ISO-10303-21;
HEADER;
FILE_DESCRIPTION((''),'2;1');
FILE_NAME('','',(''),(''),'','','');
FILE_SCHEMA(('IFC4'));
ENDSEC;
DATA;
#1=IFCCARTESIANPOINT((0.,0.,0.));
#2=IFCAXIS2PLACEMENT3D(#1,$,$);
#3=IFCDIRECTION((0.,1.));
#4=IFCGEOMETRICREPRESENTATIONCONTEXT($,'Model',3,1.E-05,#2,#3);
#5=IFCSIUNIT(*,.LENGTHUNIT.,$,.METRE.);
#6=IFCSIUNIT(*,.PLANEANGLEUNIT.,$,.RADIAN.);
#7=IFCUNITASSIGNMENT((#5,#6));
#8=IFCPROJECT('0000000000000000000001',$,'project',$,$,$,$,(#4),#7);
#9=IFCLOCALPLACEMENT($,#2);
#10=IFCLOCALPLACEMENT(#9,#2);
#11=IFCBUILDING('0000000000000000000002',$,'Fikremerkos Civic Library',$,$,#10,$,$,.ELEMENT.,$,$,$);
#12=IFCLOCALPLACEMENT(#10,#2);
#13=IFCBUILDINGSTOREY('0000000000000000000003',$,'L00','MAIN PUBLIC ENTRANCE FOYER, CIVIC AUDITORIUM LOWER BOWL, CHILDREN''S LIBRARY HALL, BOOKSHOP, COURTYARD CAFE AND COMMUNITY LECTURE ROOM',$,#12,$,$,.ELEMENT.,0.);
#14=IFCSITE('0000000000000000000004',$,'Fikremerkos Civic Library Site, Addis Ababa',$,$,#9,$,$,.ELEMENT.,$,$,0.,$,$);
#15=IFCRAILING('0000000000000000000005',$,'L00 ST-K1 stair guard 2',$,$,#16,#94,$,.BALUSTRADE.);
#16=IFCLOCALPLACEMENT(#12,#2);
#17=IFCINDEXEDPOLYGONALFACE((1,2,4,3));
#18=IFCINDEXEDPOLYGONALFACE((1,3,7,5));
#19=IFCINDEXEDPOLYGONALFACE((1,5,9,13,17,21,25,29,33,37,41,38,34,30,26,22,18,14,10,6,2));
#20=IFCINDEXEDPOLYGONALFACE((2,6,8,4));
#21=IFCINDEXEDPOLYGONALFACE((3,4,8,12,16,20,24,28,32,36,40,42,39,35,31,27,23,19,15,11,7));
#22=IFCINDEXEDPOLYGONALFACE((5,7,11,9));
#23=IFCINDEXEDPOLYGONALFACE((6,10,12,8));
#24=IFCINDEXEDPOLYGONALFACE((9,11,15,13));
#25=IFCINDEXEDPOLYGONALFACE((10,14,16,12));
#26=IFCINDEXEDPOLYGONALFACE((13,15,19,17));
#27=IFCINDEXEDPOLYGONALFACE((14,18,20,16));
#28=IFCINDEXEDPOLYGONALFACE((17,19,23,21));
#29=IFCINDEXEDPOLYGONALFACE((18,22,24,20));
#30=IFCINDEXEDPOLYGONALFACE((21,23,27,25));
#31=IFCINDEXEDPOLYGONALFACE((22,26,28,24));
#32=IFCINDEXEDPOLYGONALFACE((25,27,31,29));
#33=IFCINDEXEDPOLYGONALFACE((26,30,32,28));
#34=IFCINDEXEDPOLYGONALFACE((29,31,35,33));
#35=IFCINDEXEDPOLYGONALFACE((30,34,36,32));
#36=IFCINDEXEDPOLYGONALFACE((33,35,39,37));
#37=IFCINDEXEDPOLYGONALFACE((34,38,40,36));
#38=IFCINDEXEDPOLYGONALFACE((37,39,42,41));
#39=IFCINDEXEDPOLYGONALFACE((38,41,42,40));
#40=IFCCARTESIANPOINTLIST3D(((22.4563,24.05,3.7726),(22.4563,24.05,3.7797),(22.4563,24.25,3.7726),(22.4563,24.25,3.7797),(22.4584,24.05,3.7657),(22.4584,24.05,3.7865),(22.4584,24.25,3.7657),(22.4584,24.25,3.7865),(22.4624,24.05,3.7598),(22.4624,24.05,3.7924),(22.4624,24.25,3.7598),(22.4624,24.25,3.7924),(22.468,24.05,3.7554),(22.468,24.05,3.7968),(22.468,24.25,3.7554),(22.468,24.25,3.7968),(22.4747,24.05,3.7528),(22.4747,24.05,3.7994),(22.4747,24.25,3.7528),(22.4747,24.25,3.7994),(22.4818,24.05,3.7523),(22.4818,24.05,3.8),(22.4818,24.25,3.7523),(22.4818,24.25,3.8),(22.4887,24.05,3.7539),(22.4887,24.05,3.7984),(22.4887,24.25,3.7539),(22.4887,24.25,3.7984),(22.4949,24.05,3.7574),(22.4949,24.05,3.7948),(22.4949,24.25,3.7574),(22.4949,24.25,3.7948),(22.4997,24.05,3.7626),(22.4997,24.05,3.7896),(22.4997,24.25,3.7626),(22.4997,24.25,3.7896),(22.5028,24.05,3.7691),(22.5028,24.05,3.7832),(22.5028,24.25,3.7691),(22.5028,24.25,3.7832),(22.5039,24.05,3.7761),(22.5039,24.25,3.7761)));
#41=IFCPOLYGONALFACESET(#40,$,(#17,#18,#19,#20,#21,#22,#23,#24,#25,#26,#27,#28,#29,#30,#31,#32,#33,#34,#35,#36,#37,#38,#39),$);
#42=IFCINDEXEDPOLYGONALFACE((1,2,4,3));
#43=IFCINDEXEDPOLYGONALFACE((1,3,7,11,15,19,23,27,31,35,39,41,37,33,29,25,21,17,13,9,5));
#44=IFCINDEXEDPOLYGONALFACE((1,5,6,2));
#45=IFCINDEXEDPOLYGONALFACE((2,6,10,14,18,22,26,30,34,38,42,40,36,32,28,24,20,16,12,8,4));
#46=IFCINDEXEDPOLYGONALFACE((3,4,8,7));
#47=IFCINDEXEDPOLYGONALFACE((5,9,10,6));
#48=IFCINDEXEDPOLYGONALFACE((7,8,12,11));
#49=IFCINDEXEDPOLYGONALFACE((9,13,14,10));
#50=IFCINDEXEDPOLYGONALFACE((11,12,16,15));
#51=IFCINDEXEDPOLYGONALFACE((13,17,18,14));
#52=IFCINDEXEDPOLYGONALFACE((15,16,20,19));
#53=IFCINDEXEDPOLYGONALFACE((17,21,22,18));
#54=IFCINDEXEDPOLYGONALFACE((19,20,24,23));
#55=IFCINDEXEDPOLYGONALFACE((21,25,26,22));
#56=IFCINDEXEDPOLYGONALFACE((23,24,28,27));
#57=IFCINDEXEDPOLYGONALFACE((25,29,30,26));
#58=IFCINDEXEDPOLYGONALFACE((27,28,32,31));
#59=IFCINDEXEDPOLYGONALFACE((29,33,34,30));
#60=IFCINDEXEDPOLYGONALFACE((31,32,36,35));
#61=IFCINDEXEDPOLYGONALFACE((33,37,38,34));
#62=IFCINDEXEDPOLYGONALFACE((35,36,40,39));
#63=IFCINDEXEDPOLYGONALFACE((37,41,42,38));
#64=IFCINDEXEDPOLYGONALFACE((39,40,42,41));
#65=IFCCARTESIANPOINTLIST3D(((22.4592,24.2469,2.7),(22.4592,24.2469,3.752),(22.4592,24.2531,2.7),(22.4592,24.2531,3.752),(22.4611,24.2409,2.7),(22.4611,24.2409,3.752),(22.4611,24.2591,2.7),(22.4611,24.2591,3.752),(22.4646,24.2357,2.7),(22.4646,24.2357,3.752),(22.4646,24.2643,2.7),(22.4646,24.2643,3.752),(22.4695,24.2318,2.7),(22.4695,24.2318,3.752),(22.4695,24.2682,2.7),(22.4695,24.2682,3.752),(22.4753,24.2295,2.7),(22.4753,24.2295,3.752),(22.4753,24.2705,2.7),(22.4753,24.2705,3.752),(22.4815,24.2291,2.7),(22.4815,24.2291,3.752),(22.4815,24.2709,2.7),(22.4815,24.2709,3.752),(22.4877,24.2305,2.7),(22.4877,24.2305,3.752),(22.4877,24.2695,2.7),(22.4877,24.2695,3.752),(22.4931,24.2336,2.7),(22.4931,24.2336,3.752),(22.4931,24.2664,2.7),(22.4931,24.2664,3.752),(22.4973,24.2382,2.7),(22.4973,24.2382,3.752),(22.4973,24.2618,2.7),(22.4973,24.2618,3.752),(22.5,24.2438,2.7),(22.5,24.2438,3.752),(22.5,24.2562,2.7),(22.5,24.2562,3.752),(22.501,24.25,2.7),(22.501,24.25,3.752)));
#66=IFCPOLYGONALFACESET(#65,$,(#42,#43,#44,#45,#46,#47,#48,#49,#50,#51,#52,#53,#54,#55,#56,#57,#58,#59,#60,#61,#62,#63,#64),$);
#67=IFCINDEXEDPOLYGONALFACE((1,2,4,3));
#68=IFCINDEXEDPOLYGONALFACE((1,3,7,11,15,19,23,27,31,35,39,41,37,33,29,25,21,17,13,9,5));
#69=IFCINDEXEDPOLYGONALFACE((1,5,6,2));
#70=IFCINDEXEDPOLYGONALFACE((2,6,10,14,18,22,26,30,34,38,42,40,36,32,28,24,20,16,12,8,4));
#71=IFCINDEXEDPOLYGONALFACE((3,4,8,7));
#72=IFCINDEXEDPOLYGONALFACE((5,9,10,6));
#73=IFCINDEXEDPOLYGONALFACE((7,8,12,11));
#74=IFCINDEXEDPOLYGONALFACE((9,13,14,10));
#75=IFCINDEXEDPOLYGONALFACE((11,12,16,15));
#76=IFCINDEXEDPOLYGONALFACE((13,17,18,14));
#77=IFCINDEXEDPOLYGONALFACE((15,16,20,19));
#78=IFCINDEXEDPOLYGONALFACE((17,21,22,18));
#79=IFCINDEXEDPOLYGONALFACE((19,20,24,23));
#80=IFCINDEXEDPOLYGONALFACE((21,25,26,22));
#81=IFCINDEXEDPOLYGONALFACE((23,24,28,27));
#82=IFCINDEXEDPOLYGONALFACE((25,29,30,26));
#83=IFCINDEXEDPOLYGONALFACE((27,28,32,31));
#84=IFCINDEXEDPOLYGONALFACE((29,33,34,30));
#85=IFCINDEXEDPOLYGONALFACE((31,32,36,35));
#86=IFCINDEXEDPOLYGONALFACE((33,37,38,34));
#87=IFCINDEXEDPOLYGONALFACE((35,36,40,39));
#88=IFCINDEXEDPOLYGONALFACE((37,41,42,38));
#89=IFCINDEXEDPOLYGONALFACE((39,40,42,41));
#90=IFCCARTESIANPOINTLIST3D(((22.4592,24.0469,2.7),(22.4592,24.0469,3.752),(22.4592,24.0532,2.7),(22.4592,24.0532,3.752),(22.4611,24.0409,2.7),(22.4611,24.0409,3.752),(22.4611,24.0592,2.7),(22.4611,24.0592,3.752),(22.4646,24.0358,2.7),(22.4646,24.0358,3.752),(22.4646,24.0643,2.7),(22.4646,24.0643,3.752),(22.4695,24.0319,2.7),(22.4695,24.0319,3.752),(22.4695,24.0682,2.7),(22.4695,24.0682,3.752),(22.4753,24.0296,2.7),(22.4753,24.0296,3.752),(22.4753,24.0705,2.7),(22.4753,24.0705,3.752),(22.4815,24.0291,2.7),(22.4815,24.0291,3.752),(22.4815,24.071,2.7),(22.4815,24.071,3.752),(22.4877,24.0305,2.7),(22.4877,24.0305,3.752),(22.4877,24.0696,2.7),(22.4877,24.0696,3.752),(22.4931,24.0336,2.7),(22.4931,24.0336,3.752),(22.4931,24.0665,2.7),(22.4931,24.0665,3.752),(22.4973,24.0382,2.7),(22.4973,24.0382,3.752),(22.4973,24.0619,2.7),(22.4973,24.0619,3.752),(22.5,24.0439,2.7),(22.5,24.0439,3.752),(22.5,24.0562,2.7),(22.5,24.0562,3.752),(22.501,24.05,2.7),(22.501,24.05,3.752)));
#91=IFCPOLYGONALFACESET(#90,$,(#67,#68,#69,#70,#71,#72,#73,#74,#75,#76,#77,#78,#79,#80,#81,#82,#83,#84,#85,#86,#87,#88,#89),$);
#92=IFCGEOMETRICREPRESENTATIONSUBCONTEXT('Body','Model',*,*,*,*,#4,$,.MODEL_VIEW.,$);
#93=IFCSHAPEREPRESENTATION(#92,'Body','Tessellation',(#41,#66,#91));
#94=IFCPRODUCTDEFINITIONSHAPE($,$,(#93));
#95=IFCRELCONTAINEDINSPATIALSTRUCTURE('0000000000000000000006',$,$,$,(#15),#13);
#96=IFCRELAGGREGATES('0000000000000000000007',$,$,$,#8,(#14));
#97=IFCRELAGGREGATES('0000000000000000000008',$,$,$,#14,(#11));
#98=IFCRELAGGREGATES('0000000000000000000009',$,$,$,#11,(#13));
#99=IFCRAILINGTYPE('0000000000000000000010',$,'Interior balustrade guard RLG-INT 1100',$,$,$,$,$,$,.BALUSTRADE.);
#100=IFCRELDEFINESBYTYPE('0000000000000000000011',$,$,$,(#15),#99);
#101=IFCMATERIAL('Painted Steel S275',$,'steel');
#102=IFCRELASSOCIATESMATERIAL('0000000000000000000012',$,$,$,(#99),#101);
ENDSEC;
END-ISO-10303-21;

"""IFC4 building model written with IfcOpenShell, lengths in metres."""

from ifc_helpers import new_model, si_unit, direction, frame, origin, origin_2d, place, context, subcontext, project, spatial, circle, extrude, material, type_object, element, save


model = new_model("IFC4")

# Units and contexts
model_context = context("Model", 3, precision=1e-05, world=origin(), true_north=direction((0.0, 1.0)))
body_context = subcontext(model_context, "Body", "Model", "MODEL_VIEW")
ifc_project = project(units=[si_unit("LENGTHUNIT", "METRE"), si_unit("PLANEANGLEUNIT", "RADIAN")], contexts=[model_context])

# Site, building, storey
site_placement = place(None, origin())
site = spatial("IfcSite", under=ifc_project, at=site_placement, Name="Fikremerkos Civic Library Site, Addis Ababa", CompositionType="ELEMENT", RefElevation=0.0)
building_placement = place(site_placement, origin())
building = spatial("IfcBuilding", under=site, at=building_placement, Name="Fikremerkos Civic Library", CompositionType="ELEMENT")
storey_placement = place(building_placement, origin())
storey = spatial("IfcBuildingStorey", under=building, at=storey_placement, Name="L00", Description="MAIN PUBLIC ENTRANCE FOYER, CIVIC AUDITORIUM LOWER BOWL, CHILDREN'S LIBRARY HALL, BOOKSHOP, COURTYARD CAFE AND COMMUNITY LECTURE ROOM", CompositionType="ELEMENT", Elevation=0.0)

# Railing
ifc_material_1 = material(Name="Painted Steel S275", Category="steel")
railing_type_1 = type_object("IfcRailingType", Name="Interior balustrade guard RLG-INT 1100", PredefinedType="BALUSTRADE", material=ifc_material_1)
railing_1_placement = place(storey_placement, frame((22.48, 24.25, 2.7)))
element("IfcRailing", 1, at=railing_1_placement, inside=storey, type_object=railing_type_1, Name="L00 ST-K1 stair guard 2", PredefinedType="BALUSTRADE", context=body_context, shape_type="SweptSolid", body=[
    extrude(circle(Radius=0.0239, at=origin_2d()), frame((0.0, 0.0, 1.0762), z_axis=(0.0, -1.0, 0.0), x_axis=(1.0, 0.0, 0.0)), (0.0, 0.0, 1.0), 0.2),
    extrude(circle(Radius=0.021, at=origin_2d()), origin(), (0.0, 0.0, 1.0), 1.052),
    extrude(circle(Radius=0.021, at=origin_2d()), frame((0.0, -0.2, 0.0)), (0.0, 0.0, 1.0), 1.052),
])

save(model, "model.ifc")
